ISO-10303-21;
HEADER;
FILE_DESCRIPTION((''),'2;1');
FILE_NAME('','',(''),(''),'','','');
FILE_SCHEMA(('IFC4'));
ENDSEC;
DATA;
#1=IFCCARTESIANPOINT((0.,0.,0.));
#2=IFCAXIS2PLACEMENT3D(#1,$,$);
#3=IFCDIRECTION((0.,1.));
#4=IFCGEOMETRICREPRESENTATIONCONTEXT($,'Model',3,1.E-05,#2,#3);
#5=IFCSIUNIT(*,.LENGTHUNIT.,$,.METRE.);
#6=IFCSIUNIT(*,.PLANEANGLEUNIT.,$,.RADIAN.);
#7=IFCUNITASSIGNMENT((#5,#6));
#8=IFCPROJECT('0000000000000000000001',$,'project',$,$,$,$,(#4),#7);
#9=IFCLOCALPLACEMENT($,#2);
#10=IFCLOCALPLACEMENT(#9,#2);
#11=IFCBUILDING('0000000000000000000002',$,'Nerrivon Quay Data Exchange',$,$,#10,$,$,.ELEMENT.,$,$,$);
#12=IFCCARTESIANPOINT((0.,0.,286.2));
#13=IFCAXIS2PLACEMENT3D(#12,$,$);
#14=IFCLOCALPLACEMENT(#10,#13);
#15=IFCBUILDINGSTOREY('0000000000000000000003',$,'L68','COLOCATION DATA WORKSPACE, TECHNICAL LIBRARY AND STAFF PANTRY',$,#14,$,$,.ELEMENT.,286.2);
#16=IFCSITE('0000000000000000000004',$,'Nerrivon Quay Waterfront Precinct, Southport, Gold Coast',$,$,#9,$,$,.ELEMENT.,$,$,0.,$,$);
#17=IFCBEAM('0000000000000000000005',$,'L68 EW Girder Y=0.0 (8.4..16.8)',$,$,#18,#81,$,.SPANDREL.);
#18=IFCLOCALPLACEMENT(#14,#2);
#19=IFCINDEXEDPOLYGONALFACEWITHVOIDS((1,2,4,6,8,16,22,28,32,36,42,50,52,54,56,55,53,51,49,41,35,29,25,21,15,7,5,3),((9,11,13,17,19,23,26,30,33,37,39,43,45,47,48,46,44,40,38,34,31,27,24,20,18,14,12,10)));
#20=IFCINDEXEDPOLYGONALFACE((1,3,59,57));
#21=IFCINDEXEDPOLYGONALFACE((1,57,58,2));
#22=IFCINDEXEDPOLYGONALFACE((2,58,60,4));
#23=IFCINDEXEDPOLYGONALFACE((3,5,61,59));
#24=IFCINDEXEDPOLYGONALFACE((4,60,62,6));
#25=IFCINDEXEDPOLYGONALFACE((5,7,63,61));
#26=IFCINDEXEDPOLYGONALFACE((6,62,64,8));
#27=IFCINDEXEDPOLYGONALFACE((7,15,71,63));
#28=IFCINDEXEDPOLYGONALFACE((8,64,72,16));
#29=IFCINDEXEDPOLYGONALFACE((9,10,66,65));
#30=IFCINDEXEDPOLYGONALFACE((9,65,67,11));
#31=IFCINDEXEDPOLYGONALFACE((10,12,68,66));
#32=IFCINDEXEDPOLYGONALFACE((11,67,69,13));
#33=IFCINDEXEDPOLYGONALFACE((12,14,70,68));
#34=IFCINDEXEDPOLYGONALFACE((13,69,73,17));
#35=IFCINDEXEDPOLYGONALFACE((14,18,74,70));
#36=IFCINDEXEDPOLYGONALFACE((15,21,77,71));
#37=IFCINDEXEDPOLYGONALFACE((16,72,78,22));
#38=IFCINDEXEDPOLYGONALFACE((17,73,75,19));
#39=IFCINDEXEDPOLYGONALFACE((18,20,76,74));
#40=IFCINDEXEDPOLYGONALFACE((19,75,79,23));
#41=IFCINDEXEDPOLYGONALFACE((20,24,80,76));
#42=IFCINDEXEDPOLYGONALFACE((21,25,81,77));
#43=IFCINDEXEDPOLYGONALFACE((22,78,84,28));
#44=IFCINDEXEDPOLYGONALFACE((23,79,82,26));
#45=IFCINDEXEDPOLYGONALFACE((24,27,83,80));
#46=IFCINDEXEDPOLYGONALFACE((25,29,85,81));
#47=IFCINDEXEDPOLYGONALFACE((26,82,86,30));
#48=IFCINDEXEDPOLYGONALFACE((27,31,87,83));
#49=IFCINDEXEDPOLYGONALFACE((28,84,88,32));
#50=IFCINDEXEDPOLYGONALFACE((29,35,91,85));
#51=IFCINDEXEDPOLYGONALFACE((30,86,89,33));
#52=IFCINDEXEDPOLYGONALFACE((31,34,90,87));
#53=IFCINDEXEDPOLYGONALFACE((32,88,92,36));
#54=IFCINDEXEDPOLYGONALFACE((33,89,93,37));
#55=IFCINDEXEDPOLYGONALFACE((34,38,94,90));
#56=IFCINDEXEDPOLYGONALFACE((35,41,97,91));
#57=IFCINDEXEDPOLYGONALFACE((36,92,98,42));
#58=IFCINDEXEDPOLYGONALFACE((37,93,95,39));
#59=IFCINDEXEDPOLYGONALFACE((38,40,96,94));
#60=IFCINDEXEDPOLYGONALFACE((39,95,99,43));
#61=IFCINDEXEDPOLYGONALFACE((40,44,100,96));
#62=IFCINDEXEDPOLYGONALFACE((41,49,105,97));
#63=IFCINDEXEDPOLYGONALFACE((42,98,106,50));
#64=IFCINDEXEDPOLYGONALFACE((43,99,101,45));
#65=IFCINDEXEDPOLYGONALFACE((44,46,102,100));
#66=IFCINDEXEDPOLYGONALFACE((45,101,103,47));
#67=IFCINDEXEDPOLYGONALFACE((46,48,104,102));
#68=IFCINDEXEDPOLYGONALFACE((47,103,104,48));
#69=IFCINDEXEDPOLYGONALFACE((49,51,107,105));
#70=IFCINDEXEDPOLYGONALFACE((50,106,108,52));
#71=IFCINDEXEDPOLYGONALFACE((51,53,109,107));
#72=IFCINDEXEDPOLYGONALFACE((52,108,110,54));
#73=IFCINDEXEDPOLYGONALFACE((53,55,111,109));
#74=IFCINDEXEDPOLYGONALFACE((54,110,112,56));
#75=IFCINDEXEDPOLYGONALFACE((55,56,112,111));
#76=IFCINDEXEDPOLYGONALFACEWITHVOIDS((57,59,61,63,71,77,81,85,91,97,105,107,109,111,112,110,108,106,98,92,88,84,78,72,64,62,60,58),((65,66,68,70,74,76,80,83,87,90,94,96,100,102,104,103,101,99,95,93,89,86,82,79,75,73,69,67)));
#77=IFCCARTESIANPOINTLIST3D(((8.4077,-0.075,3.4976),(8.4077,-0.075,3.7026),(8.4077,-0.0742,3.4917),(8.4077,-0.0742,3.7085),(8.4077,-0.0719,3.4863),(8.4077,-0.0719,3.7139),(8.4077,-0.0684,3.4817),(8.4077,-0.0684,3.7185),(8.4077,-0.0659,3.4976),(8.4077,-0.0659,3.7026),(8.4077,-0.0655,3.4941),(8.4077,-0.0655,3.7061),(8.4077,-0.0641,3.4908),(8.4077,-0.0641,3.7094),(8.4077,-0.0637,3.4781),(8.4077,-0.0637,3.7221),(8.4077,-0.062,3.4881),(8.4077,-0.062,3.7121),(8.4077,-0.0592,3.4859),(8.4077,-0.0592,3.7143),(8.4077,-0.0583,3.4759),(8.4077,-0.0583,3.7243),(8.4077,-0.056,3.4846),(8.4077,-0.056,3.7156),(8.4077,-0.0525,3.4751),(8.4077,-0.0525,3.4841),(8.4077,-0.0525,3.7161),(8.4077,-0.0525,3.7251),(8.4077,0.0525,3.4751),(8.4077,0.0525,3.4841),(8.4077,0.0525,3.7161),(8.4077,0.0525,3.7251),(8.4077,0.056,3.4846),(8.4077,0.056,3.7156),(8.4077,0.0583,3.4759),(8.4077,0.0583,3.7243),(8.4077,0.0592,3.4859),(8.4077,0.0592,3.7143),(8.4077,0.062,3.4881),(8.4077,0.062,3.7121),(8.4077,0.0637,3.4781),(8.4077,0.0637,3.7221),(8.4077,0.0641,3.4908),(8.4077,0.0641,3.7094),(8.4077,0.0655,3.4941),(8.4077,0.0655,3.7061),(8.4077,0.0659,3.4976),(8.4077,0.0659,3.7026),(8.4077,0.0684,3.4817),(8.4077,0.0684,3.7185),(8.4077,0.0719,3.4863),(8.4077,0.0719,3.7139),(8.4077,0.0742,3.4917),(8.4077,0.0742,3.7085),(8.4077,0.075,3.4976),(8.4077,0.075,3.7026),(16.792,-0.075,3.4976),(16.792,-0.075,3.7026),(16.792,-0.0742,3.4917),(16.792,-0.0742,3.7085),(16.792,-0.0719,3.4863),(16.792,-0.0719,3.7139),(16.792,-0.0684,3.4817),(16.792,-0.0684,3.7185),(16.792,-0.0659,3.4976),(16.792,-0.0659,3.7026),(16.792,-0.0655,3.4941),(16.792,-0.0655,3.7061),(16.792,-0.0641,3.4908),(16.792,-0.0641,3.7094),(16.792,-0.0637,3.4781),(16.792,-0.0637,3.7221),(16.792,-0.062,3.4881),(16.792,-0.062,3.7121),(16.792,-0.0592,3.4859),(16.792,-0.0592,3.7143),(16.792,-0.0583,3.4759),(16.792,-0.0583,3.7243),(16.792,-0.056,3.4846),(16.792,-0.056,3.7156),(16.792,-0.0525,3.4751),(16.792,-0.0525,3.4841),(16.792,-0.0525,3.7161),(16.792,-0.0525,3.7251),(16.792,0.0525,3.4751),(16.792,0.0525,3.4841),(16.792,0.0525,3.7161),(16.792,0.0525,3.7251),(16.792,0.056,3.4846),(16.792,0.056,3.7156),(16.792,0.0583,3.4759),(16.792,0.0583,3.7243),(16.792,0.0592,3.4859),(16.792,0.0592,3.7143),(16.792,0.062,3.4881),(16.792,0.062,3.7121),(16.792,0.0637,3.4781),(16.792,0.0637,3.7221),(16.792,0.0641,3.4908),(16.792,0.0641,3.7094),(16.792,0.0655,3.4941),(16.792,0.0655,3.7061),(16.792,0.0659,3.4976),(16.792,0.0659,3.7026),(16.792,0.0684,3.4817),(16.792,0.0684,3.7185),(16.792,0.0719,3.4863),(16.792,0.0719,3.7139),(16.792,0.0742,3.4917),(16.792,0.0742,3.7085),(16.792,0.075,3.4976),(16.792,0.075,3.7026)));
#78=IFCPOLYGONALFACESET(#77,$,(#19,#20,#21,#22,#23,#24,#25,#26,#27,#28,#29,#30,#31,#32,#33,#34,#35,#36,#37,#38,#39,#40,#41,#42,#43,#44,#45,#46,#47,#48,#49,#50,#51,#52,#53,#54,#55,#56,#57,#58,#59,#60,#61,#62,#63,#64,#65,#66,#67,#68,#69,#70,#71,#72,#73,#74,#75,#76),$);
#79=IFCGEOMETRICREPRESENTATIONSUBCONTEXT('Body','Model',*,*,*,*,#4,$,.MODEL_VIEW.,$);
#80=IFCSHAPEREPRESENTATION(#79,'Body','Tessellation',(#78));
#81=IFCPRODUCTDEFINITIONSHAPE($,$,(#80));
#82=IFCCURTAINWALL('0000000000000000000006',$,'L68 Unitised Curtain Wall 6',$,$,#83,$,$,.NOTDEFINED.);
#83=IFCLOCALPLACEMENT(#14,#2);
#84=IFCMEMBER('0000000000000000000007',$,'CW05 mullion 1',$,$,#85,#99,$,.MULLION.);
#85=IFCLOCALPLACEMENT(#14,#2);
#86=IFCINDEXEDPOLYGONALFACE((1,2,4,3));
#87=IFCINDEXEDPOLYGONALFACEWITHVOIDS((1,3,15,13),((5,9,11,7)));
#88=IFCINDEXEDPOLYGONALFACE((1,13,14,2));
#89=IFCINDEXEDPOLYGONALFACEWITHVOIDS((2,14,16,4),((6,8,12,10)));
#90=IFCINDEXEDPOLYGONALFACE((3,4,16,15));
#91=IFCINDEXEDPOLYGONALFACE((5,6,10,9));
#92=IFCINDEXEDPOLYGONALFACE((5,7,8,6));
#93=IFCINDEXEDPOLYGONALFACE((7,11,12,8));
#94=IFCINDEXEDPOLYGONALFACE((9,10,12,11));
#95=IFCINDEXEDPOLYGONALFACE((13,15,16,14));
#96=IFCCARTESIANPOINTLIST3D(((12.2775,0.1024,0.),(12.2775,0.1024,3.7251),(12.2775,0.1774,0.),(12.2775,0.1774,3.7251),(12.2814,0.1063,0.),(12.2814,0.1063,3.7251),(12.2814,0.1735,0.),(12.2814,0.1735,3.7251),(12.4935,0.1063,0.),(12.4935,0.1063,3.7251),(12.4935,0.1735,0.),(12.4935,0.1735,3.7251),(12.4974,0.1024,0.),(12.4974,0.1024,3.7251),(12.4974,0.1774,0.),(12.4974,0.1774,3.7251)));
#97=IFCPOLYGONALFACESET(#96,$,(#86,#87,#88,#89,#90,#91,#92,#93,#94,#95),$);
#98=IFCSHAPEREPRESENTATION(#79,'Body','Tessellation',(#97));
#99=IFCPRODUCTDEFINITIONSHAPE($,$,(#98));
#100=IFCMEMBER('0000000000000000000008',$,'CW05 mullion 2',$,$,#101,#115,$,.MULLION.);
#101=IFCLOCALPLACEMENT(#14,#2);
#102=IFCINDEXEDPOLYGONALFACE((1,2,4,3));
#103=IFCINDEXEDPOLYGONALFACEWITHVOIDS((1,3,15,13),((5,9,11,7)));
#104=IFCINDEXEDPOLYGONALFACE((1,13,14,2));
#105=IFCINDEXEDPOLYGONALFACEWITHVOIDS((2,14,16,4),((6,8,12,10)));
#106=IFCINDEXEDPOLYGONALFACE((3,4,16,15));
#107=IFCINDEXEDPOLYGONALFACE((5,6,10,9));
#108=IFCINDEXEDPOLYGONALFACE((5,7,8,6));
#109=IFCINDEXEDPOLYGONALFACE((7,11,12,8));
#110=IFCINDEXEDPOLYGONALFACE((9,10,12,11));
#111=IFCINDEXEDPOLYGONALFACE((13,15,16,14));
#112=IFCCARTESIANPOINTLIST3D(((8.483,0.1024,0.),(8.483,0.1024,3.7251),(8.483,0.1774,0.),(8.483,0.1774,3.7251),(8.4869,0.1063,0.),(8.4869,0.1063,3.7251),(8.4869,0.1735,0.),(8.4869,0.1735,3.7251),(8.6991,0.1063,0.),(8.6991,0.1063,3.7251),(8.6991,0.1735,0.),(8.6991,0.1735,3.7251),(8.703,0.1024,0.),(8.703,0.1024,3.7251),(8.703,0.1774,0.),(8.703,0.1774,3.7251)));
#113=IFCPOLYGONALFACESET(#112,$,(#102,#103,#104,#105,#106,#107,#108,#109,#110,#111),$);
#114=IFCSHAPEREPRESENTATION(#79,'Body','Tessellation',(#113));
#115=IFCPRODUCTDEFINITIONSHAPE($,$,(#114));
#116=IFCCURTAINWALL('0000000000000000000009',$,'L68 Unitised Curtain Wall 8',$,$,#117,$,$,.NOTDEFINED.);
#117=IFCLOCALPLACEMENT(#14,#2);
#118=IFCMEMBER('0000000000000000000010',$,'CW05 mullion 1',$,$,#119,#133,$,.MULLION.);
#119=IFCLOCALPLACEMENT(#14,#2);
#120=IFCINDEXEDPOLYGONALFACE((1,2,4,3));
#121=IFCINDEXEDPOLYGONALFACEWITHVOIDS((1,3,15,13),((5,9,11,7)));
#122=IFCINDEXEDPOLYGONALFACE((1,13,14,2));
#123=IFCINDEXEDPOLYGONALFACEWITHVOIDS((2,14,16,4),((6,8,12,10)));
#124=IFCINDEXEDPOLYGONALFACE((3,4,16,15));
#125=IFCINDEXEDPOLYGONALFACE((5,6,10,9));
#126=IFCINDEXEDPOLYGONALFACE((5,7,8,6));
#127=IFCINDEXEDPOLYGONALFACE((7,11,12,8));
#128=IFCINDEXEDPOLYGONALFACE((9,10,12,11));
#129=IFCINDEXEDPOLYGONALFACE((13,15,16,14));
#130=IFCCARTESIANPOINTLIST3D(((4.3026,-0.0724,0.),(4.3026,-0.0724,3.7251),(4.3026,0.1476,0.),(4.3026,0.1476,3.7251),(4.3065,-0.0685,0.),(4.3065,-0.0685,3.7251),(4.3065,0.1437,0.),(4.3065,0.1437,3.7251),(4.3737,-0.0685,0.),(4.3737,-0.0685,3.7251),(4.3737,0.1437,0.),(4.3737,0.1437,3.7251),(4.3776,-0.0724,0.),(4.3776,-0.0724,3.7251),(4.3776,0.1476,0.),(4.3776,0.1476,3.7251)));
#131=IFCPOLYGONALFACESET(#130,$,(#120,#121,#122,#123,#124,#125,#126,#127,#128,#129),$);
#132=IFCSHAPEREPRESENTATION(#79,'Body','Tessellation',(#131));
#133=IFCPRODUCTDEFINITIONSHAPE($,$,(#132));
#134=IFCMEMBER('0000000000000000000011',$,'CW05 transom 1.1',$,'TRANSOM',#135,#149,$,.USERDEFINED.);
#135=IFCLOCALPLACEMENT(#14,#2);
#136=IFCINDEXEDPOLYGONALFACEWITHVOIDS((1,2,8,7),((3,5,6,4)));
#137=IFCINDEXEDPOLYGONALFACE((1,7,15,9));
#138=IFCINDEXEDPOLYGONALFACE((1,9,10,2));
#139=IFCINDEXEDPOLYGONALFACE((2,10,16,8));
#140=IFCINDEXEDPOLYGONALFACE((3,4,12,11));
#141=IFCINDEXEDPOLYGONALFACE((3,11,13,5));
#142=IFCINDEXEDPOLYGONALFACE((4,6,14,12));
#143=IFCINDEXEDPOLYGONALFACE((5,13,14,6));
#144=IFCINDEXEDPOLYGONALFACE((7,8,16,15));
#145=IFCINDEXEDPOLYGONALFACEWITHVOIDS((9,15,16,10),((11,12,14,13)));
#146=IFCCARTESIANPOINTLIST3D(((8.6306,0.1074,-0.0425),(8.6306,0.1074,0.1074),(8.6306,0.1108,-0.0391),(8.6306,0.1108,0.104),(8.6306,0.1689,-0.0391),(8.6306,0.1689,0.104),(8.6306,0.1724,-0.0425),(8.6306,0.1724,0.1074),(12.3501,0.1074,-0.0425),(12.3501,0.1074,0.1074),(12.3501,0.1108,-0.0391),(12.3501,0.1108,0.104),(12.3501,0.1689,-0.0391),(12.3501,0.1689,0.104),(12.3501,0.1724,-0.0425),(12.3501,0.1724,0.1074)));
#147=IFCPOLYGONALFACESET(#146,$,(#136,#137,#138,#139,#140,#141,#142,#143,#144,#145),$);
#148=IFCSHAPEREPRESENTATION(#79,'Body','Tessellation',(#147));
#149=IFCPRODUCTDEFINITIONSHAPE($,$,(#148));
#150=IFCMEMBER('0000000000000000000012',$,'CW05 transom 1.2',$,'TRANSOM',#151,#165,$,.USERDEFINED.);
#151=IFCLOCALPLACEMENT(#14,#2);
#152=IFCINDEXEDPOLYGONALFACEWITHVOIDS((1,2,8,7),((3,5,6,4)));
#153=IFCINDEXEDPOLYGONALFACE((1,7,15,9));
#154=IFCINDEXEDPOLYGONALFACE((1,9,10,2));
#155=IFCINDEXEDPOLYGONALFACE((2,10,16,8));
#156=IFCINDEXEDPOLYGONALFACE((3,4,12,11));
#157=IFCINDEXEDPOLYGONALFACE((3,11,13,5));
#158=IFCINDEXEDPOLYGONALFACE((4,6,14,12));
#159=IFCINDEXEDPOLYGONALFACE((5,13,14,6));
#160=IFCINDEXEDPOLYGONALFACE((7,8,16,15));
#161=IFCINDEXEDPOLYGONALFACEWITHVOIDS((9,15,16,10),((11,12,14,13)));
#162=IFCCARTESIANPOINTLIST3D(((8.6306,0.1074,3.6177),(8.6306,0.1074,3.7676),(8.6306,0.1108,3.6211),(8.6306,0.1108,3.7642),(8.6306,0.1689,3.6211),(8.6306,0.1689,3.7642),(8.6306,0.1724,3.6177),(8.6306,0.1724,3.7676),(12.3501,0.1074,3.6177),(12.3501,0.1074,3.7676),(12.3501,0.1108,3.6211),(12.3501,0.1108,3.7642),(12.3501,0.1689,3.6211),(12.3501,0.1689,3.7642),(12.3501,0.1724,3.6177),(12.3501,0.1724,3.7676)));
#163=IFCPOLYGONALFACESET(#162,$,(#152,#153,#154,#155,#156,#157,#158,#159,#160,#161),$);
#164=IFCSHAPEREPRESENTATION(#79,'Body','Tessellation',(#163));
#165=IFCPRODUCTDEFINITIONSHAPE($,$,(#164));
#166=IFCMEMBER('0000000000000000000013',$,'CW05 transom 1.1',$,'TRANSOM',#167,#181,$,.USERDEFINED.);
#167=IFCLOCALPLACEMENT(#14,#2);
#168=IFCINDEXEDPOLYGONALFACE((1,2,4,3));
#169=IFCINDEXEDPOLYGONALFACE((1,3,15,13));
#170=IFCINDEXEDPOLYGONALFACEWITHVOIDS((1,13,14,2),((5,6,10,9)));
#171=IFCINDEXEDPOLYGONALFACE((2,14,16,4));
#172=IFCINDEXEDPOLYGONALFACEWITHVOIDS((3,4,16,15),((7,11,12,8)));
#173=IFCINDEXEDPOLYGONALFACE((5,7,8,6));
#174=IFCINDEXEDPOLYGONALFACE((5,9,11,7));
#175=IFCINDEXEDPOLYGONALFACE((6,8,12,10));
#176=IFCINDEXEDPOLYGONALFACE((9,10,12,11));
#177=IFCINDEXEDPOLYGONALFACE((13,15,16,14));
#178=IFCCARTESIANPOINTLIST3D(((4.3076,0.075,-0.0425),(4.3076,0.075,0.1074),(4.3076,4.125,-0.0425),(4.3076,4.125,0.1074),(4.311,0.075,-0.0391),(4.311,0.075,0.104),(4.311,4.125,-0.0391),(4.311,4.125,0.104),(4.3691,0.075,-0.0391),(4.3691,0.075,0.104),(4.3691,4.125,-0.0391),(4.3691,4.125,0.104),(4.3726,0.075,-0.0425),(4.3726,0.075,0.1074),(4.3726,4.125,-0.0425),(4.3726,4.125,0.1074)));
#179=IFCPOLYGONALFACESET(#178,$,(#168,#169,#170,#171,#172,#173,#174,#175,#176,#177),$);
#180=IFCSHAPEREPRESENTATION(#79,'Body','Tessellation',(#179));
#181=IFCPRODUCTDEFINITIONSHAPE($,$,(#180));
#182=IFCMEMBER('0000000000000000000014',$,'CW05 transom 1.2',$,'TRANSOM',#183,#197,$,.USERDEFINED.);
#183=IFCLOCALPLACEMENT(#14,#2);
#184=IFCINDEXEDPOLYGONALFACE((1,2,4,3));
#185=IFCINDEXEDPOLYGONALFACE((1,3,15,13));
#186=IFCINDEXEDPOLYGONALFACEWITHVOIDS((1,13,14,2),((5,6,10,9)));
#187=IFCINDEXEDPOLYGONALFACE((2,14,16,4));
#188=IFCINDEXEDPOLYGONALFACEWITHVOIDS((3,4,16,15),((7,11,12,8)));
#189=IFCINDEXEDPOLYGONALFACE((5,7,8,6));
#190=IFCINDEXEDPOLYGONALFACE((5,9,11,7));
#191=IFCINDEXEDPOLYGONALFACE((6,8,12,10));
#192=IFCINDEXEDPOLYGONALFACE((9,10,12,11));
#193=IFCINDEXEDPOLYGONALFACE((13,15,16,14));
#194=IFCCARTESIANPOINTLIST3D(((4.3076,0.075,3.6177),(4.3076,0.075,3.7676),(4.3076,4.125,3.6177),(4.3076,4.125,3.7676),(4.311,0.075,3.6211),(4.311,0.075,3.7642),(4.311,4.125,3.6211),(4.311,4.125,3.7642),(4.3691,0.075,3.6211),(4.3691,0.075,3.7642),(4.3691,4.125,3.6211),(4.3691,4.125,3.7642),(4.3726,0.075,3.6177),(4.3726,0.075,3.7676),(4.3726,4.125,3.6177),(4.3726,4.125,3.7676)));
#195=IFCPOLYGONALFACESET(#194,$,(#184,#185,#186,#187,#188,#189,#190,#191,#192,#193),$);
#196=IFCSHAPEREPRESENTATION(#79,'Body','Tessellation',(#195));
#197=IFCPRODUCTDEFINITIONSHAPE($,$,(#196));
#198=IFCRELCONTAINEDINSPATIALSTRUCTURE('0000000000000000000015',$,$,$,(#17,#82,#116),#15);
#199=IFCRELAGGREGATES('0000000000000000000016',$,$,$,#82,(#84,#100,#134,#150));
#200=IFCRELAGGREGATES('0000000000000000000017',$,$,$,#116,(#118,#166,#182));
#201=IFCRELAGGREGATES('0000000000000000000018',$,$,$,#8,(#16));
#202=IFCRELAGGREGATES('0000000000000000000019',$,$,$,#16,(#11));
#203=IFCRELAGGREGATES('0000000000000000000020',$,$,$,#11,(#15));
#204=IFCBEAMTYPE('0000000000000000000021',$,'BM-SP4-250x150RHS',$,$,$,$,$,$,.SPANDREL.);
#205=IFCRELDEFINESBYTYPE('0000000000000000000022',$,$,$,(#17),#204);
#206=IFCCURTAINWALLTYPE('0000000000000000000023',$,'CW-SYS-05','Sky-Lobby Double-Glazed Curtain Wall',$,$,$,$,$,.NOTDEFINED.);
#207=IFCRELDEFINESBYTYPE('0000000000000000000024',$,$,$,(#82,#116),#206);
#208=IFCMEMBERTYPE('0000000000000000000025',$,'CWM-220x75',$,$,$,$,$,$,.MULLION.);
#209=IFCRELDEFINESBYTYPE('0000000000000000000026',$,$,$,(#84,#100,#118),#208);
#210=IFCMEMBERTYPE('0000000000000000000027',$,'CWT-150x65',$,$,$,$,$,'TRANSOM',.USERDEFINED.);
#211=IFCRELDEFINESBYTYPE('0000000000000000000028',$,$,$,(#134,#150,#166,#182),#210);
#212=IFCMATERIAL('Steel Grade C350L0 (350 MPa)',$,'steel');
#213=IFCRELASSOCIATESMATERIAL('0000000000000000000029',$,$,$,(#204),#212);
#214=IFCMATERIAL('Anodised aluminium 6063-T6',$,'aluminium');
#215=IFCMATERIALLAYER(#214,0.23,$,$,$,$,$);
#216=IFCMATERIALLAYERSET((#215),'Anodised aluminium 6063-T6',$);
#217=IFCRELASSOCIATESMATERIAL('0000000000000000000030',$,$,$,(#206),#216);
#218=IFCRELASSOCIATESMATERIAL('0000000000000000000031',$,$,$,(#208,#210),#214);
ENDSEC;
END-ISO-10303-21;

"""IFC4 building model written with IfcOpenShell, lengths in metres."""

from ifc_helpers import new_model, si_unit, direction, frame, origin, origin_2d, place, context, subcontext, project, spatial, hollow_rectangle, extrude, material, layer, layer_set, material_profile, profile_set, type_object, element, aggregate, save


model = new_model("IFC4")

# Units and contexts
model_context = context("Model", 3, precision=1e-05, world=origin(), true_north=direction((0.0, 1.0)))
body_context = subcontext(model_context, "Body", "Model", "MODEL_VIEW")
ifc_project = project(units=[si_unit("LENGTHUNIT", "METRE"), si_unit("PLANEANGLEUNIT", "RADIAN")], contexts=[model_context])

# Site, building, storey
site_placement = place(None, origin())
site = spatial("IfcSite", under=ifc_project, at=site_placement, Name="Nerrivon Quay Waterfront Precinct, Southport, Gold Coast", CompositionType="ELEMENT", RefElevation=0.0)
building_placement = place(site_placement, origin())
building = spatial("IfcBuilding", under=site, at=building_placement, Name="Nerrivon Quay Data Exchange", CompositionType="ELEMENT")
storey_placement = place(building_placement, frame((0.0, 0.0, 286.2)))
storey = spatial("IfcBuildingStorey", under=building, at=storey_placement, Name="L68", Description="COLOCATION DATA WORKSPACE, TECHNICAL LIBRARY AND STAFF PANTRY", CompositionType="ELEMENT", Elevation=286.2)

# Beam
ifc_material_1 = material(Name="Steel Grade C350L0 (350 MPa)", Category="steel")
ifc_material_profile_1 = material_profile(ifc_material_1, hollow_rectangle(XDim=0.1499, YDim=0.25, WallThickness=0.009, InnerFilletRadius=0.0134, OuterFilletRadius=0.0225, at=origin_2d()), Name="250x150x9.0RHS")
ifc_profile_set_1 = profile_set([ifc_material_profile_1], Name="Steel Grade C350L0 (350 MPa)")
beam_type_1 = type_object("IfcBeamType", Name="BM-SP4-250x150RHS", PredefinedType="SPANDREL", material=ifc_profile_set_1)
beam_1_placement = place(storey_placement, frame((8.4077, 0.0, 3.6001), z_axis=(1.0, 0.0, 0.0), x_axis=(0.0, 1.0, 0.0)))
element("IfcBeam", 1, at=beam_1_placement, inside=storey, type_object=beam_type_1, Name="L68 EW Girder Y=0.0 (8.4..16.8)", PredefinedType="SPANDREL", context=body_context, shape_type="SweptSolid", body=[
    extrude(hollow_rectangle(XDim=0.1499, YDim=0.25, WallThickness=0.009, InnerFilletRadius=0.0134, OuterFilletRadius=0.0225, at=origin_2d()), origin(), (0.0, 0.0, 1.0), 8.3843),
])

# Curtain wall, members
ifc_material_2 = material(Name="Anodised aluminium 6063-T6", Category="aluminium")
ifc_layer_1 = layer(ifc_material_2, 0.23)
ifc_layer_set_1 = layer_set([ifc_layer_1], Name="Anodised aluminium 6063-T6")
curtain_wall_type = type_object("IfcCurtainWallType", Name="CW-SYS-05", Description="Sky-Lobby Double-Glazed Curtain Wall", PredefinedType="NOTDEFINED", material=ifc_layer_set_1)
curtain_wall_1_placement = place(storey_placement, origin())
curtain_wall_1 = element("IfcCurtainWall", 2, at=curtain_wall_1_placement, inside=storey, type_object=curtain_wall_type, Name="L68 Unitised Curtain Wall 6", PredefinedType="NOTDEFINED")
ifc_material_profile_2 = material_profile(ifc_material_2, hollow_rectangle(XDim=0.075, YDim=0.22, WallThickness=0.0039, at=origin_2d()), Name="ALU-MULL-220x75")
ifc_profile_set_2 = profile_set([ifc_material_profile_2], Name="Anodised aluminium 6063-T6")
member_type_1 = type_object("IfcMemberType", Name="CWM-220x75", PredefinedType="MULLION", material=ifc_profile_set_2)
member_1_placement = place(storey_placement, frame((12.3875, 0.1399, 0.0), z_axis=(0.0, 0.0, 1.0), x_axis=(0.0, -1.0, 0.0)))
member_1 = element("IfcMember", 3, at=member_1_placement, type_object=member_type_1, Name="CW05 mullion 1", PredefinedType="MULLION", context=body_context, shape_type="SweptSolid", body=[
    extrude(hollow_rectangle(XDim=0.075, YDim=0.22, WallThickness=0.0039, at=origin_2d()), origin(), (0.0, 0.0, 1.0), 3.7251),
])
member_2_placement = place(storey_placement, frame((8.593, 0.1399, 0.0), z_axis=(0.0, 0.0, 1.0), x_axis=(0.0, -1.0, 0.0)))
member_2 = element("IfcMember", 4, at=member_2_placement, type_object=member_type_1, Name="CW05 mullion 2", PredefinedType="MULLION", context=body_context, shape_type="SweptSolid", body=[
    extrude(hollow_rectangle(XDim=0.075, YDim=0.22, WallThickness=0.0039, at=origin_2d()), origin(), (0.0, 0.0, 1.0), 3.7251),
])

# Curtain wall, member
curtain_wall_2_placement = place(storey_placement, origin())
curtain_wall_2 = element("IfcCurtainWall", 5, at=curtain_wall_2_placement, inside=storey, type_object=curtain_wall_type, Name="L68 Unitised Curtain Wall 8", PredefinedType="NOTDEFINED")
member_3_placement = place(storey_placement, frame((4.3401, 0.0376, 0.0), z_axis=(0.0, 0.0, 1.0), x_axis=(-1.0, 0.0, 0.0)))
member_3 = element("IfcMember", 6, at=member_3_placement, type_object=member_type_1, Name="CW05 mullion 1", PredefinedType="MULLION", context=body_context, shape_type="SweptSolid", body=[
    extrude(hollow_rectangle(XDim=0.075, YDim=0.22, WallThickness=0.0039, at=origin_2d()), origin(), (0.0, 0.0, 1.0), 3.7251),
])

# Members
ifc_material_profile_3 = material_profile(ifc_material_2, hollow_rectangle(XDim=0.0649, YDim=0.1499, WallThickness=0.0034, at=origin_2d()), Name="ALU-TRAN-150x65")
ifc_profile_set_3 = profile_set([ifc_material_profile_3], Name="Anodised aluminium 6063-T6")
member_type_2 = type_object("IfcMemberType", Name="CWT-150x65", ElementType="TRANSOM", PredefinedType="USERDEFINED", material=ifc_profile_set_3)
member_4_placement = place(storey_placement, frame((12.3501, 0.1399, 0.0325), z_axis=(-1.0, 0.0, 0.0), x_axis=(0.0, -1.0, 0.0)))
member_4 = element("IfcMember", 7, at=member_4_placement, type_object=member_type_2, Name="CW05 transom 1.1", ObjectType="TRANSOM", PredefinedType="USERDEFINED", context=body_context, shape_type="SweptSolid", body=[
    extrude(hollow_rectangle(XDim=0.0649, YDim=0.1499, WallThickness=0.0034, at=origin_2d()), origin(), (0.0, 0.0, 1.0), 3.7195),
])
member_5_placement = place(storey_placement, frame((12.3501, 0.1399, 3.6926), z_axis=(-1.0, 0.0, 0.0), x_axis=(0.0, -1.0, 0.0)))
member_5 = element("IfcMember", 8, at=member_5_placement, type_object=member_type_2, Name="CW05 transom 1.2", ObjectType="TRANSOM", PredefinedType="USERDEFINED", context=body_context, shape_type="SweptSolid", body=[
    extrude(hollow_rectangle(XDim=0.0649, YDim=0.1499, WallThickness=0.0034, at=origin_2d()), origin(), (0.0, 0.0, 1.0), 3.7195),
])
member_6_placement = place(storey_placement, frame((4.3401, 0.075, 0.0325), z_axis=(0.0, 1.0, 0.0), x_axis=(-1.0, 0.0, 0.0)))
member_6 = element("IfcMember", 9, at=member_6_placement, type_object=member_type_2, Name="CW05 transom 1.1", ObjectType="TRANSOM", PredefinedType="USERDEFINED", context=body_context, shape_type="SweptSolid", body=[
    extrude(hollow_rectangle(XDim=0.0649, YDim=0.1499, WallThickness=0.0034, at=origin_2d()), origin(), (0.0, 0.0, 1.0), 4.05),
])
member_7_placement = place(storey_placement, frame((4.3401, 0.075, 3.6926), z_axis=(0.0, 1.0, 0.0), x_axis=(-1.0, 0.0, 0.0)))
member_7 = element("IfcMember", 10, at=member_7_placement, type_object=member_type_2, Name="CW05 transom 1.2", ObjectType="TRANSOM", PredefinedType="USERDEFINED", context=body_context, shape_type="SweptSolid", body=[
    extrude(hollow_rectangle(XDim=0.0649, YDim=0.1499, WallThickness=0.0034, at=origin_2d()), origin(), (0.0, 0.0, 1.0), 4.05),
])

aggregate(curtain_wall_1, [member_1, member_2, member_4, member_5])
aggregate(curtain_wall_2, [member_3, member_6, member_7])

save(model, "model.ifc")
